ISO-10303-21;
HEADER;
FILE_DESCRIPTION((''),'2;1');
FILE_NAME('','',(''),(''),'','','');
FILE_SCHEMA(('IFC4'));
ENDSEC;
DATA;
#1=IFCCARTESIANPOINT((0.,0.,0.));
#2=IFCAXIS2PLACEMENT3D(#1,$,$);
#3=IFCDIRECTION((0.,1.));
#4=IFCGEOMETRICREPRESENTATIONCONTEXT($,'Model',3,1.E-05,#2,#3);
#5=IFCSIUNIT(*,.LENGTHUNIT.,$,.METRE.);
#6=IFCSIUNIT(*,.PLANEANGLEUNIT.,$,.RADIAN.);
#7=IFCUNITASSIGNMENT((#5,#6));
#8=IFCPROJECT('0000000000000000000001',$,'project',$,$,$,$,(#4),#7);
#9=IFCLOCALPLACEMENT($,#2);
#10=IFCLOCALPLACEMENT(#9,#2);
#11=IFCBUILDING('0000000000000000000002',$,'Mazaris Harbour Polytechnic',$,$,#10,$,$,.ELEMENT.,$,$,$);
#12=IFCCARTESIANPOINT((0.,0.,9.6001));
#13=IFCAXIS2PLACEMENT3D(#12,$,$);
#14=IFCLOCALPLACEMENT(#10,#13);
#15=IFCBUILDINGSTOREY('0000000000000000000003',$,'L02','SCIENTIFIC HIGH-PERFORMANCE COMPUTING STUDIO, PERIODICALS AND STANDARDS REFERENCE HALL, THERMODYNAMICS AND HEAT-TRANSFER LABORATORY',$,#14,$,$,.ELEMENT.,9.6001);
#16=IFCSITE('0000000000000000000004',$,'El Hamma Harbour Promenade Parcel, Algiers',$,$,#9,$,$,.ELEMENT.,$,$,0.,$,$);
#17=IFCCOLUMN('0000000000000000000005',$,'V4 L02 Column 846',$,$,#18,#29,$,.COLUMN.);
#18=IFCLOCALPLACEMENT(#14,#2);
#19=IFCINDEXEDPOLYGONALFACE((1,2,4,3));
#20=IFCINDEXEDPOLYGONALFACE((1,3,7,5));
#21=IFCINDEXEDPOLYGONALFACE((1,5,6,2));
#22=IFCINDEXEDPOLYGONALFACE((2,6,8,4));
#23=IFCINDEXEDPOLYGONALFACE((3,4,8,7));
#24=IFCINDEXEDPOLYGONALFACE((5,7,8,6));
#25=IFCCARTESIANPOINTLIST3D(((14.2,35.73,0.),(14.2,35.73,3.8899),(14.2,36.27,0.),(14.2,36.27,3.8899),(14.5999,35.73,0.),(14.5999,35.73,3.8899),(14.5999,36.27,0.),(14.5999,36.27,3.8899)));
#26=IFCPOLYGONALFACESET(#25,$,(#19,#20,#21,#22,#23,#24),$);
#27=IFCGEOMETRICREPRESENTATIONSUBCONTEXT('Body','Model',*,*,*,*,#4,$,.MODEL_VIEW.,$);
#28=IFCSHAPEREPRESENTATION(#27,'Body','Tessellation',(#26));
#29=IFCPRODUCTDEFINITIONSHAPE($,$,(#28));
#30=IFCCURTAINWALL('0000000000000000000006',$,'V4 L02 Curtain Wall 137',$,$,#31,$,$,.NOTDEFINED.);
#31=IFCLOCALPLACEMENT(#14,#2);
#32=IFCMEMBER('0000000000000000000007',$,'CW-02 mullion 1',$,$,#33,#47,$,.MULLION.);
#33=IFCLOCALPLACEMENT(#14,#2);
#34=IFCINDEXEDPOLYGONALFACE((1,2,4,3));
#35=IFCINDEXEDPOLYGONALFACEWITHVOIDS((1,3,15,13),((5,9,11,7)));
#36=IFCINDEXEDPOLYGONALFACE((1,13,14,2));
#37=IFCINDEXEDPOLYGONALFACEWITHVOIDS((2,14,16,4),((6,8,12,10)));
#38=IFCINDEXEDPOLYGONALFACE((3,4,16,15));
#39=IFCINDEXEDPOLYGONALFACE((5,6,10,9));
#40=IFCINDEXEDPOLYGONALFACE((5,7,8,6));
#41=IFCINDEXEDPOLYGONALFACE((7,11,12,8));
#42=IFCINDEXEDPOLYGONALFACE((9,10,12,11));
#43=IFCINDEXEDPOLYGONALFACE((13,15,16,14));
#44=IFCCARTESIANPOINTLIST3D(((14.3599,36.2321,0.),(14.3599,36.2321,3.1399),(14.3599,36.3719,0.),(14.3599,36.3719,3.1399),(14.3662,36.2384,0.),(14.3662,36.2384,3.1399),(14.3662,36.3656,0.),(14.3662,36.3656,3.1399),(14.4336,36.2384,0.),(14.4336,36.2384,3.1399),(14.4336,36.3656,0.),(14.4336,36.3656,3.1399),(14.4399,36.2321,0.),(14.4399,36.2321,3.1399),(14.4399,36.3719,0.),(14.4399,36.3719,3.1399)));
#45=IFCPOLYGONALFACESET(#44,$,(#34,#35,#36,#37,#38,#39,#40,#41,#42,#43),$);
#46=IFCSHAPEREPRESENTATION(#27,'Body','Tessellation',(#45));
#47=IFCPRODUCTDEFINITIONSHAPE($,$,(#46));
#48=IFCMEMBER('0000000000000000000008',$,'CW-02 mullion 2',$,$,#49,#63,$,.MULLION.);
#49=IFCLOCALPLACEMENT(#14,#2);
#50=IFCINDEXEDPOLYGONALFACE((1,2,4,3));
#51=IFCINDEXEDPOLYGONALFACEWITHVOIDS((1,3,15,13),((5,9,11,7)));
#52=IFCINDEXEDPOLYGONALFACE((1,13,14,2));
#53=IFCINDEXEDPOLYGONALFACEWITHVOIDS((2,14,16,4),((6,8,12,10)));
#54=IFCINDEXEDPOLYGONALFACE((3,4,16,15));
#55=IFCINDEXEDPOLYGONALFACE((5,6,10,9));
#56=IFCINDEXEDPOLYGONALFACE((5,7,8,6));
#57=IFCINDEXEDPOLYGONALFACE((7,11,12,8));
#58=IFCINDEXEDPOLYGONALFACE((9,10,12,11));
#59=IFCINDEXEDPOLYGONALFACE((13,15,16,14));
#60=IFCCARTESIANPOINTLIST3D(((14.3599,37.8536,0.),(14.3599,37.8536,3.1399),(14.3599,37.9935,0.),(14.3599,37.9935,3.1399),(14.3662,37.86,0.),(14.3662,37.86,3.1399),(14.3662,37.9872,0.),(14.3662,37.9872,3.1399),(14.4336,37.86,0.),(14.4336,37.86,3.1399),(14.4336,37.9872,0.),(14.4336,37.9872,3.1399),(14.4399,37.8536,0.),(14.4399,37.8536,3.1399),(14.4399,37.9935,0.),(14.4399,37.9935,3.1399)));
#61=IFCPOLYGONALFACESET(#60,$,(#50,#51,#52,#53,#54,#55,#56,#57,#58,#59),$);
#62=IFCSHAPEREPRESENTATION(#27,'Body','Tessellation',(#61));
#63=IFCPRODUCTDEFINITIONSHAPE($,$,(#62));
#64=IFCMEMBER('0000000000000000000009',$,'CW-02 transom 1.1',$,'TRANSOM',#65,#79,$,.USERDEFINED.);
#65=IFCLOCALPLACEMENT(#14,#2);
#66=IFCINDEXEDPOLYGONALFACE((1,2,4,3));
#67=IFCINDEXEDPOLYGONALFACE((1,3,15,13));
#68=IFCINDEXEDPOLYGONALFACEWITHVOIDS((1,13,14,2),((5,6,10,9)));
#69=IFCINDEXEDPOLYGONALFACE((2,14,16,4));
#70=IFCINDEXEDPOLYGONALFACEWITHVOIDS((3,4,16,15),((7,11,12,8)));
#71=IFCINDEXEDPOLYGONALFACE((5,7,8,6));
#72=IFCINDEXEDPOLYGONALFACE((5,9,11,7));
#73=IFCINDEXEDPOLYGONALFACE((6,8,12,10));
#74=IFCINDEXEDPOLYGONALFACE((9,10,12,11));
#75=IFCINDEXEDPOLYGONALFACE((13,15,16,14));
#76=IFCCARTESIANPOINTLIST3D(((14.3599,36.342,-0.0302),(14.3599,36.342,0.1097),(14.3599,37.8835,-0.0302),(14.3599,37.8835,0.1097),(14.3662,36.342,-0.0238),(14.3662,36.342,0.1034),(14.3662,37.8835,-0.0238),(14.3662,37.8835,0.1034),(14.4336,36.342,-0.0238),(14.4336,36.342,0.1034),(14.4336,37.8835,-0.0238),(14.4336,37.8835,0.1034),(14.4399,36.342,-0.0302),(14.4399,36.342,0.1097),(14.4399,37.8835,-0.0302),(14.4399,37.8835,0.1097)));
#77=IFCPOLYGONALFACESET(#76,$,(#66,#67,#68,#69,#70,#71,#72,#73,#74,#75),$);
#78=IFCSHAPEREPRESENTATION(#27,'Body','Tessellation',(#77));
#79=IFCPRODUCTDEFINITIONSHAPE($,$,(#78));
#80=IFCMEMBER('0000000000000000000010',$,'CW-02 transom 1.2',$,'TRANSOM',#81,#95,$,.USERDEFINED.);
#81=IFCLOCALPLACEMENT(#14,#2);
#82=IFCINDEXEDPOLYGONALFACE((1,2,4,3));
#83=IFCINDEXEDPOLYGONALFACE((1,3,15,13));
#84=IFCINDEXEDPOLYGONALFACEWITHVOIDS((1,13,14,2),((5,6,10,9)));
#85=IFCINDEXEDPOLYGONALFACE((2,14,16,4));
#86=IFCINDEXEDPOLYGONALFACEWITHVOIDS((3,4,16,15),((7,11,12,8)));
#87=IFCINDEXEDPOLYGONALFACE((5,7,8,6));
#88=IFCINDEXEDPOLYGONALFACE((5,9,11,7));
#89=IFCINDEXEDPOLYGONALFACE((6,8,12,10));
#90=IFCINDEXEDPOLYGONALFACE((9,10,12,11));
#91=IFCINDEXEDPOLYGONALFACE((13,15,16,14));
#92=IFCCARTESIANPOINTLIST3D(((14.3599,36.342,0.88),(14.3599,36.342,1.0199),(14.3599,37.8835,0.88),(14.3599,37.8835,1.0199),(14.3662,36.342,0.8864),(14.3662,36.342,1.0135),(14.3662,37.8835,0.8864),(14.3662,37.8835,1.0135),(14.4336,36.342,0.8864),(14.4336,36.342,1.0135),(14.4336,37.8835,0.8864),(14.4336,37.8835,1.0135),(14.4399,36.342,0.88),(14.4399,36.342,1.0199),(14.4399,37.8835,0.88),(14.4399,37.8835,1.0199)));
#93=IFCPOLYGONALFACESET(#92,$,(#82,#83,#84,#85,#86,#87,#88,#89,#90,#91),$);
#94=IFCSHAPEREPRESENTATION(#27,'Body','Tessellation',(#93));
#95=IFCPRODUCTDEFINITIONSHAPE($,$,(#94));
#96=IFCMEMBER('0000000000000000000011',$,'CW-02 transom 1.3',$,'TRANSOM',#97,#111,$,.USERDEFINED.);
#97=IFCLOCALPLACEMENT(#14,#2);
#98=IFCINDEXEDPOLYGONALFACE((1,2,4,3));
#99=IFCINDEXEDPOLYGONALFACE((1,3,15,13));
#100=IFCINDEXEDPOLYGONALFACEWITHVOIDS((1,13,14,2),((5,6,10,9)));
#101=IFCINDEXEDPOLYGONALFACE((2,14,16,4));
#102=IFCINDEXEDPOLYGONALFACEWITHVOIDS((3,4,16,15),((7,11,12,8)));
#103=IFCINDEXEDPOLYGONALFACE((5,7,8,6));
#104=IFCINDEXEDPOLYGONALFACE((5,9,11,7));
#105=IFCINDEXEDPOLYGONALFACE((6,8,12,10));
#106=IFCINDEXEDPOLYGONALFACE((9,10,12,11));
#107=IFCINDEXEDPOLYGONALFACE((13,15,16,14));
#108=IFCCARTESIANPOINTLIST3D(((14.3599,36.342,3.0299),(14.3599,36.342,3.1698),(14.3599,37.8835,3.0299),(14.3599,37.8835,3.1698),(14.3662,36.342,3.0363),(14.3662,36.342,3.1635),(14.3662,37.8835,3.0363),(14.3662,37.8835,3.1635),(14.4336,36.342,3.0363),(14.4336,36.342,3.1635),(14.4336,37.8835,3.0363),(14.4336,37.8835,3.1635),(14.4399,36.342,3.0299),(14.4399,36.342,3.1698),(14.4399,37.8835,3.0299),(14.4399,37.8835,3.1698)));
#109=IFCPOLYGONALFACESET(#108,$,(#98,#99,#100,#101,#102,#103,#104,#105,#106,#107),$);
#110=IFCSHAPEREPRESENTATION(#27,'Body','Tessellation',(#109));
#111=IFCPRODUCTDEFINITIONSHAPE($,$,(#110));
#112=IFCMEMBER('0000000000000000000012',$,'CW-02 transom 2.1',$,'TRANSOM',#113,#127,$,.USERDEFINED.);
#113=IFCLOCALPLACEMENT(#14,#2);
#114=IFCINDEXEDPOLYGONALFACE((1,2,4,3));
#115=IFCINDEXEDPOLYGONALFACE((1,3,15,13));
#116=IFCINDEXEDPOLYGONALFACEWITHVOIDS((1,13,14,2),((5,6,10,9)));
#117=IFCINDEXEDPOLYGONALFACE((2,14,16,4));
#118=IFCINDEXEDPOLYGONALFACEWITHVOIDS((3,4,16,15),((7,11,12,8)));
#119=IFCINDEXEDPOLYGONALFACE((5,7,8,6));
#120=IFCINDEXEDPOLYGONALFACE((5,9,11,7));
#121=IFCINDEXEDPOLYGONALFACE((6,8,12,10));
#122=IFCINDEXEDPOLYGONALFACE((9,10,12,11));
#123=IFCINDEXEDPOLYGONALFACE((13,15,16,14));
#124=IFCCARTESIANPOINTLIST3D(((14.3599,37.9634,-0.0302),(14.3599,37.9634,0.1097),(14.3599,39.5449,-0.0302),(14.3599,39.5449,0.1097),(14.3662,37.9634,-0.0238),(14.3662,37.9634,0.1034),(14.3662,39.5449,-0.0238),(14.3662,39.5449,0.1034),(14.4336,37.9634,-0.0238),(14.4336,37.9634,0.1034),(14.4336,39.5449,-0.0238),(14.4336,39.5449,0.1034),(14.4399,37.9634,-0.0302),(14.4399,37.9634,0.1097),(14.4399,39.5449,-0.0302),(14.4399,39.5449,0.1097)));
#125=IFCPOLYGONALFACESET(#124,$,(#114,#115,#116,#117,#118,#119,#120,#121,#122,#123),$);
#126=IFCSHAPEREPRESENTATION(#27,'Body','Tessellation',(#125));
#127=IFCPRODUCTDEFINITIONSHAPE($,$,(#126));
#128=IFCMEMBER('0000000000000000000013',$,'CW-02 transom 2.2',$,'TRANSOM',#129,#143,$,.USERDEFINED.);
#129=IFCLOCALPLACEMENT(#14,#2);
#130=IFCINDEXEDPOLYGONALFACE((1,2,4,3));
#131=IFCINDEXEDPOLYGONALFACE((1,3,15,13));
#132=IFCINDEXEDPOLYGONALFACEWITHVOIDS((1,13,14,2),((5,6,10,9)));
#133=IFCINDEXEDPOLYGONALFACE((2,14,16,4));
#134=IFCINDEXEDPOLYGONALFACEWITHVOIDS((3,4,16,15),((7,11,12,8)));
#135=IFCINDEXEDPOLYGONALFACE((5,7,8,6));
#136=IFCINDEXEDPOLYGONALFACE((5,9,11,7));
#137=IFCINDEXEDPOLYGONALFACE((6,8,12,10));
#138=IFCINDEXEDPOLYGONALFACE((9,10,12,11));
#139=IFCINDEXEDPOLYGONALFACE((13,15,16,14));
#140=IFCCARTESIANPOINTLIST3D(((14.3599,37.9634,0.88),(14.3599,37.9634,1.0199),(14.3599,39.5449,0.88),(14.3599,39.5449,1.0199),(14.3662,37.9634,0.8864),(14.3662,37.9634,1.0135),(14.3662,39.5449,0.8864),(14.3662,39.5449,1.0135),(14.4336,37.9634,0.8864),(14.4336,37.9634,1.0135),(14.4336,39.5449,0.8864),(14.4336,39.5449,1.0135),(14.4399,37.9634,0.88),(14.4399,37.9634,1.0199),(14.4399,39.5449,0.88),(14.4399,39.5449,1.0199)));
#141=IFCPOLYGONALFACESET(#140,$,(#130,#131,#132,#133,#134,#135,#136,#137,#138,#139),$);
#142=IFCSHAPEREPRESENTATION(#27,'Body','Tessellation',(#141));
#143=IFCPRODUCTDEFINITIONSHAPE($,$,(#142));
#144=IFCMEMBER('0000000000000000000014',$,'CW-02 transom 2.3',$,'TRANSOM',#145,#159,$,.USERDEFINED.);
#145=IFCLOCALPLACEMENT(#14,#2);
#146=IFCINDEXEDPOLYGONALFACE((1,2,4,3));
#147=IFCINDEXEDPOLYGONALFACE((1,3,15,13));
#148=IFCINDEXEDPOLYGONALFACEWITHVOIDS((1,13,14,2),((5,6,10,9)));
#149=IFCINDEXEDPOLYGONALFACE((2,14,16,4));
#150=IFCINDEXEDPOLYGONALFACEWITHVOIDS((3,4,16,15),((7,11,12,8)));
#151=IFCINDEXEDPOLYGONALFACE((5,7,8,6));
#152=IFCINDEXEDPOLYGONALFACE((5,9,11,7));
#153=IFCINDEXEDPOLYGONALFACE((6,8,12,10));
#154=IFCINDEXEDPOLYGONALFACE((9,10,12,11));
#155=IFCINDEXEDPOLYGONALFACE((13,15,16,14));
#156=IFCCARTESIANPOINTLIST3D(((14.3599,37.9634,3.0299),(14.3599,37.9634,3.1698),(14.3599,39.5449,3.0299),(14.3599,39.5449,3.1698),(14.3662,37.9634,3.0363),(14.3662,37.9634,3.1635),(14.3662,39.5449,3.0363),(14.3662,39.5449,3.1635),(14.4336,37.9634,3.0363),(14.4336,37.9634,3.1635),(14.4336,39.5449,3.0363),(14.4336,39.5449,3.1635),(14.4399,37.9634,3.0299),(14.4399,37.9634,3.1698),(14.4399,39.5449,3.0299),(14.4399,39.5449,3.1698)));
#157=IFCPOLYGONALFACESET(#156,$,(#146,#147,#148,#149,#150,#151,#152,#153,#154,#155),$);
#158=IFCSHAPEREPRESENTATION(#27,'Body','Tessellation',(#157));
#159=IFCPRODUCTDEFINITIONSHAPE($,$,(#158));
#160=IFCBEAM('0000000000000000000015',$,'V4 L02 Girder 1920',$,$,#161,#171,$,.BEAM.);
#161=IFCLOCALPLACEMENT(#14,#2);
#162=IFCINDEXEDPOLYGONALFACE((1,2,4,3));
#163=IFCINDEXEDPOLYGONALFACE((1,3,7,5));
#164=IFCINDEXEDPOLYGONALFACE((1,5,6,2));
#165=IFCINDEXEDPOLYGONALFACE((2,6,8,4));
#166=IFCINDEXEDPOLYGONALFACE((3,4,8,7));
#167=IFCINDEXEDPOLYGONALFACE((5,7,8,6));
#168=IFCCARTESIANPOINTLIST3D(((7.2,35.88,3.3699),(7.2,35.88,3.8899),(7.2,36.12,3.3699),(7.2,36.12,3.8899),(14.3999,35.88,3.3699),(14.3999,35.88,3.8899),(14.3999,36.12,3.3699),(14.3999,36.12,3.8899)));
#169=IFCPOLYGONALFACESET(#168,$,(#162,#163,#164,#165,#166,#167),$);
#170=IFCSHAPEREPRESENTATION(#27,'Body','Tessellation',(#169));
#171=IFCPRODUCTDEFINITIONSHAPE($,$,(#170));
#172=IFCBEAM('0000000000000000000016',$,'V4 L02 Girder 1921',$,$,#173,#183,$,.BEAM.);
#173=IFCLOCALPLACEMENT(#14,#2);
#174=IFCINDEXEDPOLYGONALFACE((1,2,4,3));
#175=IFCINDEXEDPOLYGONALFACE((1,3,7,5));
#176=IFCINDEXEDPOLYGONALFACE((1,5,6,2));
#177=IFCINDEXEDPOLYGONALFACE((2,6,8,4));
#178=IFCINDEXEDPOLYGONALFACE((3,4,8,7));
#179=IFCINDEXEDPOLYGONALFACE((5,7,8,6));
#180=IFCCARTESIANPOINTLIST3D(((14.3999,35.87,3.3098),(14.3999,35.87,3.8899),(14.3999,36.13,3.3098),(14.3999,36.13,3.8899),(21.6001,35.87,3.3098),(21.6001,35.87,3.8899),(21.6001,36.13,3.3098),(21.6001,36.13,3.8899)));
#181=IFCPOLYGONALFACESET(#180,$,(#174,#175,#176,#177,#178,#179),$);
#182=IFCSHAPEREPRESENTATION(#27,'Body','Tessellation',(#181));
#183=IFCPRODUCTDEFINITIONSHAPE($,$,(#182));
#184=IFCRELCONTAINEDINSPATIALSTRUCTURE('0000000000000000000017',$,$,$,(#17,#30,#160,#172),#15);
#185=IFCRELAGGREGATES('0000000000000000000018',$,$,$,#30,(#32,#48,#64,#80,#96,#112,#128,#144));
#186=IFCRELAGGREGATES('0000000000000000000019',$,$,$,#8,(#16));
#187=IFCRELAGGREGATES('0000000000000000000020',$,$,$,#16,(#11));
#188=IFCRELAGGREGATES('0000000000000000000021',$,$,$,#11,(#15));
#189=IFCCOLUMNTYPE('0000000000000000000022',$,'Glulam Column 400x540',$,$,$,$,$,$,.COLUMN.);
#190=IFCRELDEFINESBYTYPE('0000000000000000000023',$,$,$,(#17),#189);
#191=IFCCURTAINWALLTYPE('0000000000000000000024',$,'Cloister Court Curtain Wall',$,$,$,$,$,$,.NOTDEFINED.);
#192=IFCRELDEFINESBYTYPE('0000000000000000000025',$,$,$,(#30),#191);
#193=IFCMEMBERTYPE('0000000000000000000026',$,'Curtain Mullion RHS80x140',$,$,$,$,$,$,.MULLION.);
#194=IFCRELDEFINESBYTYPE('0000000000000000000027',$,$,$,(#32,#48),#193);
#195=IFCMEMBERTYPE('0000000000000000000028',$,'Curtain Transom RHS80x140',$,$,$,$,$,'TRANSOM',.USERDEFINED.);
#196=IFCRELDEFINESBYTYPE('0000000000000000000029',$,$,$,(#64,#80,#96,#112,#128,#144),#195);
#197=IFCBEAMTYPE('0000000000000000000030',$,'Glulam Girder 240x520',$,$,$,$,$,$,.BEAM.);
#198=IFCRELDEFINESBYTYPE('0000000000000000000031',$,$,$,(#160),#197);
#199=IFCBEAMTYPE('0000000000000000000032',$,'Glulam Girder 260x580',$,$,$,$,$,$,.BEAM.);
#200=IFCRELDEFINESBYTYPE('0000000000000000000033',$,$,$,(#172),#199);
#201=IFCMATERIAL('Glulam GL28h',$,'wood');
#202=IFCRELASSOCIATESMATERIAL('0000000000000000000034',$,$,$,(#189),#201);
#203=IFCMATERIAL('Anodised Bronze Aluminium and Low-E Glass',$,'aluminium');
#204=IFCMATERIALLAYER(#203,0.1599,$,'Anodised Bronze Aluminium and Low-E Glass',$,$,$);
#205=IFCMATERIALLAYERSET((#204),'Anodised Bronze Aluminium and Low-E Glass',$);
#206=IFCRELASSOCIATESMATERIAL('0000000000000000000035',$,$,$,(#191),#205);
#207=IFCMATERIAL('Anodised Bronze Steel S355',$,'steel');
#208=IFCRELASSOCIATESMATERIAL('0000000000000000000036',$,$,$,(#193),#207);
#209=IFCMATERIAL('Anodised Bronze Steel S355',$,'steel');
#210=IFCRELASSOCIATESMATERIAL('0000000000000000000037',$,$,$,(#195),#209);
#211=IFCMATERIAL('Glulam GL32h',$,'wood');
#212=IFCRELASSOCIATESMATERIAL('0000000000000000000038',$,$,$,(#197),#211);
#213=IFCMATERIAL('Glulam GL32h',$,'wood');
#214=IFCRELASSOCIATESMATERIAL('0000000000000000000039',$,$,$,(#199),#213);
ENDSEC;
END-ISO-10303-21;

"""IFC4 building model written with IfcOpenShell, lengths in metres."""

from ifc_helpers import new_model, si_unit, direction, frame, origin, origin_2d, place, context, subcontext, project, spatial, rectangle, hollow_rectangle, extrude, material, layer, layer_set, material_profile, profile_set, type_object, element, aggregate, save


model = new_model("IFC4")

# Units and contexts
model_context = context("Model", 3, precision=1e-05, world=origin(), true_north=direction((0.0, 1.0)))
body_context = subcontext(model_context, "Body", "Model", "MODEL_VIEW")
ifc_project = project(units=[si_unit("LENGTHUNIT", "METRE"), si_unit("PLANEANGLEUNIT", "RADIAN")], contexts=[model_context])

# Site, building, storey
site_placement = place(None, origin())
site = spatial("IfcSite", under=ifc_project, at=site_placement, Name="El Hamma Harbour Promenade Parcel, Algiers", CompositionType="ELEMENT", RefElevation=0.0)
building_placement = place(site_placement, origin())
building = spatial("IfcBuilding", under=site, at=building_placement, Name="Mazaris Harbour Polytechnic", CompositionType="ELEMENT")
storey_placement = place(building_placement, frame((0.0, 0.0, 9.6001)))
storey = spatial("IfcBuildingStorey", under=building, at=storey_placement, Name="L02", Description="SCIENTIFIC HIGH-PERFORMANCE COMPUTING STUDIO, PERIODICALS AND STANDARDS REFERENCE HALL, THERMODYNAMICS AND HEAT-TRANSFER LABORATORY", CompositionType="ELEMENT", Elevation=9.6001)

# Column
ifc_material_1 = material(Name="Glulam GL28h", Category="wood")
ifc_material_profile_1 = material_profile(ifc_material_1, rectangle(XDim=0.3999, YDim=0.54, at=origin_2d()), Name="RECT400x540")
ifc_profile_set_1 = profile_set([ifc_material_profile_1], Name="Glulam GL28h")
column_type = type_object("IfcColumnType", Name="Glulam Column 400x540", PredefinedType="COLUMN", material=ifc_profile_set_1)
column_placement = place(storey_placement, frame((14.3999, 36.0, 0.0), z_axis=(0.0, 0.0, 1.0), x_axis=(1.0, 0.0, 0.0)))
element("IfcColumn", 1, at=column_placement, inside=storey, type_object=column_type, Name="V4 L02 Column 846", PredefinedType="COLUMN", context=body_context, shape_type="SweptSolid", body=[
    extrude(rectangle(XDim=0.3999, YDim=0.54, at=origin_2d()), origin(), (0.0, 0.0, 1.0), 3.8899),
])

# Curtain wall, members
ifc_material_2 = material(Name="Anodised Bronze Aluminium and Low-E Glass", Category="aluminium")
ifc_layer_1 = layer(ifc_material_2, 0.1599, Name="Anodised Bronze Aluminium and Low-E Glass")
ifc_layer_set_1 = layer_set([ifc_layer_1], Name="Anodised Bronze Aluminium and Low-E Glass")
curtain_wall_type = type_object("IfcCurtainWallType", Name="Cloister Court Curtain Wall", PredefinedType="NOTDEFINED", material=ifc_layer_set_1)
curtain_wall_placement = place(storey_placement, origin())
curtain_wall = element("IfcCurtainWall", 2, at=curtain_wall_placement, inside=storey, type_object=curtain_wall_type, Name="V4 L02 Curtain Wall 137", PredefinedType="NOTDEFINED")
ifc_material_3 = material(Name="Anodised Bronze Steel S355", Category="steel")
ifc_material_profile_2 = material_profile(ifc_material_3, hollow_rectangle(XDim=0.0801, YDim=0.1399, WallThickness=0.0063, at=origin_2d()), Name="RHS 80x140x6.3")
ifc_profile_set_2 = profile_set([ifc_material_profile_2], Name="Anodised Bronze Steel S355")
member_type_1 = type_object("IfcMemberType", Name="Curtain Mullion RHS80x140", PredefinedType="MULLION", material=ifc_profile_set_2)
member_1_placement = place(storey_placement, frame((14.3999, 36.302, 0.0), z_axis=(0.0, 0.0, 1.0), x_axis=(-1.0, 0.0, 0.0)))
member_1 = element("IfcMember", 3, at=member_1_placement, type_object=member_type_1, Name="CW-02 mullion 1", PredefinedType="MULLION", context=body_context, shape_type="SweptSolid", body=[
    extrude(hollow_rectangle(XDim=0.0801, YDim=0.1399, WallThickness=0.0063, at=origin_2d()), origin(), (0.0, 0.0, 1.0), 3.1399),
])
member_2_placement = place(storey_placement, frame((14.3999, 37.9236, 0.0), z_axis=(0.0, 0.0, 1.0), x_axis=(-1.0, 0.0, 0.0)))
member_2 = element("IfcMember", 4, at=member_2_placement, type_object=member_type_1, Name="CW-02 mullion 2", PredefinedType="MULLION", context=body_context, shape_type="SweptSolid", body=[
    extrude(hollow_rectangle(XDim=0.0801, YDim=0.1399, WallThickness=0.0063, at=origin_2d()), origin(), (0.0, 0.0, 1.0), 3.1399),
])
ifc_material_4 = material(Name="Anodised Bronze Steel S355", Category="steel")
ifc_material_profile_3 = material_profile(ifc_material_4, hollow_rectangle(XDim=0.0801, YDim=0.1399, WallThickness=0.0063, at=origin_2d()), Name="RHS 80x140x6.3")
ifc_profile_set_3 = profile_set([ifc_material_profile_3], Name="Anodised Bronze Steel S355")
member_type_2 = type_object("IfcMemberType", Name="Curtain Transom RHS80x140", ElementType="TRANSOM", PredefinedType="USERDEFINED", material=ifc_profile_set_3)
member_3_placement = place(storey_placement, frame((14.3999, 36.342, 0.0398), z_axis=(0.0, 1.0, 0.0), x_axis=(-1.0, 0.0, 0.0)))
member_3 = element("IfcMember", 5, at=member_3_placement, type_object=member_type_2, Name="CW-02 transom 1.1", ObjectType="TRANSOM", PredefinedType="USERDEFINED", context=body_context, shape_type="SweptSolid", body=[
    extrude(hollow_rectangle(XDim=0.0801, YDim=0.1399, WallThickness=0.0063, at=origin_2d()), origin(), (0.0, 0.0, 1.0), 1.5415),
])
member_4_placement = place(storey_placement, frame((14.3999, 36.342, 0.95), z_axis=(0.0, 1.0, 0.0), x_axis=(-1.0, 0.0, 0.0)))
member_4 = element("IfcMember", 6, at=member_4_placement, type_object=member_type_2, Name="CW-02 transom 1.2", ObjectType="TRANSOM", PredefinedType="USERDEFINED", context=body_context, shape_type="SweptSolid", body=[
    extrude(hollow_rectangle(XDim=0.0801, YDim=0.1399, WallThickness=0.0063, at=origin_2d()), origin(), (0.0, 0.0, 1.0), 1.5415),
])
member_5_placement = place(storey_placement, frame((14.3999, 36.342, 3.0999), z_axis=(0.0, 1.0, 0.0), x_axis=(-1.0, 0.0, 0.0)))
member_5 = element("IfcMember", 7, at=member_5_placement, type_object=member_type_2, Name="CW-02 transom 1.3", ObjectType="TRANSOM", PredefinedType="USERDEFINED", context=body_context, shape_type="SweptSolid", body=[
    extrude(hollow_rectangle(XDim=0.0801, YDim=0.1399, WallThickness=0.0063, at=origin_2d()), origin(), (0.0, 0.0, 1.0), 1.5415),
])
member_6_placement = place(storey_placement, frame((14.3999, 37.9634, 0.0398), z_axis=(0.0, 1.0, 0.0), x_axis=(-1.0, 0.0, 0.0)))
member_6 = element("IfcMember", 8, at=member_6_placement, type_object=member_type_2, Name="CW-02 transom 2.1", ObjectType="TRANSOM", PredefinedType="USERDEFINED", context=body_context, shape_type="SweptSolid", body=[
    extrude(hollow_rectangle(XDim=0.0801, YDim=0.1399, WallThickness=0.0063, at=origin_2d()), origin(), (0.0, 0.0, 1.0), 1.5815),
])
member_7_placement = place(storey_placement, frame((14.3999, 37.9634, 0.95), z_axis=(0.0, 1.0, 0.0), x_axis=(-1.0, 0.0, 0.0)))
member_7 = element("IfcMember", 9, at=member_7_placement, type_object=member_type_2, Name="CW-02 transom 2.2", ObjectType="TRANSOM", PredefinedType="USERDEFINED", context=body_context, shape_type="SweptSolid", body=[
    extrude(hollow_rectangle(XDim=0.0801, YDim=0.1399, WallThickness=0.0063, at=origin_2d()), origin(), (0.0, 0.0, 1.0), 1.5815),
])
member_8_placement = place(storey_placement, frame((14.3999, 37.9634, 3.0999), z_axis=(0.0, 1.0, 0.0), x_axis=(-1.0, 0.0, 0.0)))
member_8 = element("IfcMember", 10, at=member_8_placement, type_object=member_type_2, Name="CW-02 transom 2.3", ObjectType="TRANSOM", PredefinedType="USERDEFINED", context=body_context, shape_type="SweptSolid", body=[
    extrude(hollow_rectangle(XDim=0.0801, YDim=0.1399, WallThickness=0.0063, at=origin_2d()), origin(), (0.0, 0.0, 1.0), 1.5815),
])

# Beams
ifc_material_5 = material(Name="Glulam GL32h", Category="wood")
ifc_material_profile_4 = material_profile(ifc_material_5, rectangle(XDim=0.24, YDim=0.52, at=origin_2d()), Name="RECT240x520")
ifc_profile_set_4 = profile_set([ifc_material_profile_4], Name="Glulam GL32h")
beam_type_1 = type_object("IfcBeamType", Name="Glulam Girder 240x520", PredefinedType="BEAM", material=ifc_profile_set_4)
beam_1_placement = place(storey_placement, frame((7.2, 36.0, 3.6299), z_axis=(1.0, 0.0, 0.0), x_axis=(0.0, 1.0, 0.0)))
element("IfcBeam", 11, at=beam_1_placement, inside=storey, type_object=beam_type_1, Name="V4 L02 Girder 1920", PredefinedType="BEAM", context=body_context, shape_type="SweptSolid", body=[
    extrude(rectangle(XDim=0.24, YDim=0.52, at=origin_2d()), origin(), (0.0, 0.0, 1.0), 7.2),
])
ifc_material_6 = material(Name="Glulam GL32h", Category="wood")
ifc_material_profile_5 = material_profile(ifc_material_6, rectangle(XDim=0.26, YDim=0.5801, at=origin_2d()), Name="RECT260x580")
ifc_profile_set_5 = profile_set([ifc_material_profile_5], Name="Glulam GL32h")
beam_type_2 = type_object("IfcBeamType", Name="Glulam Girder 260x580", PredefinedType="BEAM", material=ifc_profile_set_5)
beam_2_placement = place(storey_placement, frame((14.3999, 36.0, 3.5999), z_axis=(1.0, 0.0, 0.0), x_axis=(0.0, 1.0, 0.0)))
element("IfcBeam", 12, at=beam_2_placement, inside=storey, type_object=beam_type_2, Name="V4 L02 Girder 1921", PredefinedType="BEAM", context=body_context, shape_type="SweptSolid", body=[
    extrude(rectangle(XDim=0.26, YDim=0.5801, at=origin_2d()), origin(), (0.0, 0.0, 1.0), 7.2002),
])

aggregate(curtain_wall, [member_1, member_2, member_3, member_4, member_5, member_6, member_7, member_8])

save(model, "model.ifc")
